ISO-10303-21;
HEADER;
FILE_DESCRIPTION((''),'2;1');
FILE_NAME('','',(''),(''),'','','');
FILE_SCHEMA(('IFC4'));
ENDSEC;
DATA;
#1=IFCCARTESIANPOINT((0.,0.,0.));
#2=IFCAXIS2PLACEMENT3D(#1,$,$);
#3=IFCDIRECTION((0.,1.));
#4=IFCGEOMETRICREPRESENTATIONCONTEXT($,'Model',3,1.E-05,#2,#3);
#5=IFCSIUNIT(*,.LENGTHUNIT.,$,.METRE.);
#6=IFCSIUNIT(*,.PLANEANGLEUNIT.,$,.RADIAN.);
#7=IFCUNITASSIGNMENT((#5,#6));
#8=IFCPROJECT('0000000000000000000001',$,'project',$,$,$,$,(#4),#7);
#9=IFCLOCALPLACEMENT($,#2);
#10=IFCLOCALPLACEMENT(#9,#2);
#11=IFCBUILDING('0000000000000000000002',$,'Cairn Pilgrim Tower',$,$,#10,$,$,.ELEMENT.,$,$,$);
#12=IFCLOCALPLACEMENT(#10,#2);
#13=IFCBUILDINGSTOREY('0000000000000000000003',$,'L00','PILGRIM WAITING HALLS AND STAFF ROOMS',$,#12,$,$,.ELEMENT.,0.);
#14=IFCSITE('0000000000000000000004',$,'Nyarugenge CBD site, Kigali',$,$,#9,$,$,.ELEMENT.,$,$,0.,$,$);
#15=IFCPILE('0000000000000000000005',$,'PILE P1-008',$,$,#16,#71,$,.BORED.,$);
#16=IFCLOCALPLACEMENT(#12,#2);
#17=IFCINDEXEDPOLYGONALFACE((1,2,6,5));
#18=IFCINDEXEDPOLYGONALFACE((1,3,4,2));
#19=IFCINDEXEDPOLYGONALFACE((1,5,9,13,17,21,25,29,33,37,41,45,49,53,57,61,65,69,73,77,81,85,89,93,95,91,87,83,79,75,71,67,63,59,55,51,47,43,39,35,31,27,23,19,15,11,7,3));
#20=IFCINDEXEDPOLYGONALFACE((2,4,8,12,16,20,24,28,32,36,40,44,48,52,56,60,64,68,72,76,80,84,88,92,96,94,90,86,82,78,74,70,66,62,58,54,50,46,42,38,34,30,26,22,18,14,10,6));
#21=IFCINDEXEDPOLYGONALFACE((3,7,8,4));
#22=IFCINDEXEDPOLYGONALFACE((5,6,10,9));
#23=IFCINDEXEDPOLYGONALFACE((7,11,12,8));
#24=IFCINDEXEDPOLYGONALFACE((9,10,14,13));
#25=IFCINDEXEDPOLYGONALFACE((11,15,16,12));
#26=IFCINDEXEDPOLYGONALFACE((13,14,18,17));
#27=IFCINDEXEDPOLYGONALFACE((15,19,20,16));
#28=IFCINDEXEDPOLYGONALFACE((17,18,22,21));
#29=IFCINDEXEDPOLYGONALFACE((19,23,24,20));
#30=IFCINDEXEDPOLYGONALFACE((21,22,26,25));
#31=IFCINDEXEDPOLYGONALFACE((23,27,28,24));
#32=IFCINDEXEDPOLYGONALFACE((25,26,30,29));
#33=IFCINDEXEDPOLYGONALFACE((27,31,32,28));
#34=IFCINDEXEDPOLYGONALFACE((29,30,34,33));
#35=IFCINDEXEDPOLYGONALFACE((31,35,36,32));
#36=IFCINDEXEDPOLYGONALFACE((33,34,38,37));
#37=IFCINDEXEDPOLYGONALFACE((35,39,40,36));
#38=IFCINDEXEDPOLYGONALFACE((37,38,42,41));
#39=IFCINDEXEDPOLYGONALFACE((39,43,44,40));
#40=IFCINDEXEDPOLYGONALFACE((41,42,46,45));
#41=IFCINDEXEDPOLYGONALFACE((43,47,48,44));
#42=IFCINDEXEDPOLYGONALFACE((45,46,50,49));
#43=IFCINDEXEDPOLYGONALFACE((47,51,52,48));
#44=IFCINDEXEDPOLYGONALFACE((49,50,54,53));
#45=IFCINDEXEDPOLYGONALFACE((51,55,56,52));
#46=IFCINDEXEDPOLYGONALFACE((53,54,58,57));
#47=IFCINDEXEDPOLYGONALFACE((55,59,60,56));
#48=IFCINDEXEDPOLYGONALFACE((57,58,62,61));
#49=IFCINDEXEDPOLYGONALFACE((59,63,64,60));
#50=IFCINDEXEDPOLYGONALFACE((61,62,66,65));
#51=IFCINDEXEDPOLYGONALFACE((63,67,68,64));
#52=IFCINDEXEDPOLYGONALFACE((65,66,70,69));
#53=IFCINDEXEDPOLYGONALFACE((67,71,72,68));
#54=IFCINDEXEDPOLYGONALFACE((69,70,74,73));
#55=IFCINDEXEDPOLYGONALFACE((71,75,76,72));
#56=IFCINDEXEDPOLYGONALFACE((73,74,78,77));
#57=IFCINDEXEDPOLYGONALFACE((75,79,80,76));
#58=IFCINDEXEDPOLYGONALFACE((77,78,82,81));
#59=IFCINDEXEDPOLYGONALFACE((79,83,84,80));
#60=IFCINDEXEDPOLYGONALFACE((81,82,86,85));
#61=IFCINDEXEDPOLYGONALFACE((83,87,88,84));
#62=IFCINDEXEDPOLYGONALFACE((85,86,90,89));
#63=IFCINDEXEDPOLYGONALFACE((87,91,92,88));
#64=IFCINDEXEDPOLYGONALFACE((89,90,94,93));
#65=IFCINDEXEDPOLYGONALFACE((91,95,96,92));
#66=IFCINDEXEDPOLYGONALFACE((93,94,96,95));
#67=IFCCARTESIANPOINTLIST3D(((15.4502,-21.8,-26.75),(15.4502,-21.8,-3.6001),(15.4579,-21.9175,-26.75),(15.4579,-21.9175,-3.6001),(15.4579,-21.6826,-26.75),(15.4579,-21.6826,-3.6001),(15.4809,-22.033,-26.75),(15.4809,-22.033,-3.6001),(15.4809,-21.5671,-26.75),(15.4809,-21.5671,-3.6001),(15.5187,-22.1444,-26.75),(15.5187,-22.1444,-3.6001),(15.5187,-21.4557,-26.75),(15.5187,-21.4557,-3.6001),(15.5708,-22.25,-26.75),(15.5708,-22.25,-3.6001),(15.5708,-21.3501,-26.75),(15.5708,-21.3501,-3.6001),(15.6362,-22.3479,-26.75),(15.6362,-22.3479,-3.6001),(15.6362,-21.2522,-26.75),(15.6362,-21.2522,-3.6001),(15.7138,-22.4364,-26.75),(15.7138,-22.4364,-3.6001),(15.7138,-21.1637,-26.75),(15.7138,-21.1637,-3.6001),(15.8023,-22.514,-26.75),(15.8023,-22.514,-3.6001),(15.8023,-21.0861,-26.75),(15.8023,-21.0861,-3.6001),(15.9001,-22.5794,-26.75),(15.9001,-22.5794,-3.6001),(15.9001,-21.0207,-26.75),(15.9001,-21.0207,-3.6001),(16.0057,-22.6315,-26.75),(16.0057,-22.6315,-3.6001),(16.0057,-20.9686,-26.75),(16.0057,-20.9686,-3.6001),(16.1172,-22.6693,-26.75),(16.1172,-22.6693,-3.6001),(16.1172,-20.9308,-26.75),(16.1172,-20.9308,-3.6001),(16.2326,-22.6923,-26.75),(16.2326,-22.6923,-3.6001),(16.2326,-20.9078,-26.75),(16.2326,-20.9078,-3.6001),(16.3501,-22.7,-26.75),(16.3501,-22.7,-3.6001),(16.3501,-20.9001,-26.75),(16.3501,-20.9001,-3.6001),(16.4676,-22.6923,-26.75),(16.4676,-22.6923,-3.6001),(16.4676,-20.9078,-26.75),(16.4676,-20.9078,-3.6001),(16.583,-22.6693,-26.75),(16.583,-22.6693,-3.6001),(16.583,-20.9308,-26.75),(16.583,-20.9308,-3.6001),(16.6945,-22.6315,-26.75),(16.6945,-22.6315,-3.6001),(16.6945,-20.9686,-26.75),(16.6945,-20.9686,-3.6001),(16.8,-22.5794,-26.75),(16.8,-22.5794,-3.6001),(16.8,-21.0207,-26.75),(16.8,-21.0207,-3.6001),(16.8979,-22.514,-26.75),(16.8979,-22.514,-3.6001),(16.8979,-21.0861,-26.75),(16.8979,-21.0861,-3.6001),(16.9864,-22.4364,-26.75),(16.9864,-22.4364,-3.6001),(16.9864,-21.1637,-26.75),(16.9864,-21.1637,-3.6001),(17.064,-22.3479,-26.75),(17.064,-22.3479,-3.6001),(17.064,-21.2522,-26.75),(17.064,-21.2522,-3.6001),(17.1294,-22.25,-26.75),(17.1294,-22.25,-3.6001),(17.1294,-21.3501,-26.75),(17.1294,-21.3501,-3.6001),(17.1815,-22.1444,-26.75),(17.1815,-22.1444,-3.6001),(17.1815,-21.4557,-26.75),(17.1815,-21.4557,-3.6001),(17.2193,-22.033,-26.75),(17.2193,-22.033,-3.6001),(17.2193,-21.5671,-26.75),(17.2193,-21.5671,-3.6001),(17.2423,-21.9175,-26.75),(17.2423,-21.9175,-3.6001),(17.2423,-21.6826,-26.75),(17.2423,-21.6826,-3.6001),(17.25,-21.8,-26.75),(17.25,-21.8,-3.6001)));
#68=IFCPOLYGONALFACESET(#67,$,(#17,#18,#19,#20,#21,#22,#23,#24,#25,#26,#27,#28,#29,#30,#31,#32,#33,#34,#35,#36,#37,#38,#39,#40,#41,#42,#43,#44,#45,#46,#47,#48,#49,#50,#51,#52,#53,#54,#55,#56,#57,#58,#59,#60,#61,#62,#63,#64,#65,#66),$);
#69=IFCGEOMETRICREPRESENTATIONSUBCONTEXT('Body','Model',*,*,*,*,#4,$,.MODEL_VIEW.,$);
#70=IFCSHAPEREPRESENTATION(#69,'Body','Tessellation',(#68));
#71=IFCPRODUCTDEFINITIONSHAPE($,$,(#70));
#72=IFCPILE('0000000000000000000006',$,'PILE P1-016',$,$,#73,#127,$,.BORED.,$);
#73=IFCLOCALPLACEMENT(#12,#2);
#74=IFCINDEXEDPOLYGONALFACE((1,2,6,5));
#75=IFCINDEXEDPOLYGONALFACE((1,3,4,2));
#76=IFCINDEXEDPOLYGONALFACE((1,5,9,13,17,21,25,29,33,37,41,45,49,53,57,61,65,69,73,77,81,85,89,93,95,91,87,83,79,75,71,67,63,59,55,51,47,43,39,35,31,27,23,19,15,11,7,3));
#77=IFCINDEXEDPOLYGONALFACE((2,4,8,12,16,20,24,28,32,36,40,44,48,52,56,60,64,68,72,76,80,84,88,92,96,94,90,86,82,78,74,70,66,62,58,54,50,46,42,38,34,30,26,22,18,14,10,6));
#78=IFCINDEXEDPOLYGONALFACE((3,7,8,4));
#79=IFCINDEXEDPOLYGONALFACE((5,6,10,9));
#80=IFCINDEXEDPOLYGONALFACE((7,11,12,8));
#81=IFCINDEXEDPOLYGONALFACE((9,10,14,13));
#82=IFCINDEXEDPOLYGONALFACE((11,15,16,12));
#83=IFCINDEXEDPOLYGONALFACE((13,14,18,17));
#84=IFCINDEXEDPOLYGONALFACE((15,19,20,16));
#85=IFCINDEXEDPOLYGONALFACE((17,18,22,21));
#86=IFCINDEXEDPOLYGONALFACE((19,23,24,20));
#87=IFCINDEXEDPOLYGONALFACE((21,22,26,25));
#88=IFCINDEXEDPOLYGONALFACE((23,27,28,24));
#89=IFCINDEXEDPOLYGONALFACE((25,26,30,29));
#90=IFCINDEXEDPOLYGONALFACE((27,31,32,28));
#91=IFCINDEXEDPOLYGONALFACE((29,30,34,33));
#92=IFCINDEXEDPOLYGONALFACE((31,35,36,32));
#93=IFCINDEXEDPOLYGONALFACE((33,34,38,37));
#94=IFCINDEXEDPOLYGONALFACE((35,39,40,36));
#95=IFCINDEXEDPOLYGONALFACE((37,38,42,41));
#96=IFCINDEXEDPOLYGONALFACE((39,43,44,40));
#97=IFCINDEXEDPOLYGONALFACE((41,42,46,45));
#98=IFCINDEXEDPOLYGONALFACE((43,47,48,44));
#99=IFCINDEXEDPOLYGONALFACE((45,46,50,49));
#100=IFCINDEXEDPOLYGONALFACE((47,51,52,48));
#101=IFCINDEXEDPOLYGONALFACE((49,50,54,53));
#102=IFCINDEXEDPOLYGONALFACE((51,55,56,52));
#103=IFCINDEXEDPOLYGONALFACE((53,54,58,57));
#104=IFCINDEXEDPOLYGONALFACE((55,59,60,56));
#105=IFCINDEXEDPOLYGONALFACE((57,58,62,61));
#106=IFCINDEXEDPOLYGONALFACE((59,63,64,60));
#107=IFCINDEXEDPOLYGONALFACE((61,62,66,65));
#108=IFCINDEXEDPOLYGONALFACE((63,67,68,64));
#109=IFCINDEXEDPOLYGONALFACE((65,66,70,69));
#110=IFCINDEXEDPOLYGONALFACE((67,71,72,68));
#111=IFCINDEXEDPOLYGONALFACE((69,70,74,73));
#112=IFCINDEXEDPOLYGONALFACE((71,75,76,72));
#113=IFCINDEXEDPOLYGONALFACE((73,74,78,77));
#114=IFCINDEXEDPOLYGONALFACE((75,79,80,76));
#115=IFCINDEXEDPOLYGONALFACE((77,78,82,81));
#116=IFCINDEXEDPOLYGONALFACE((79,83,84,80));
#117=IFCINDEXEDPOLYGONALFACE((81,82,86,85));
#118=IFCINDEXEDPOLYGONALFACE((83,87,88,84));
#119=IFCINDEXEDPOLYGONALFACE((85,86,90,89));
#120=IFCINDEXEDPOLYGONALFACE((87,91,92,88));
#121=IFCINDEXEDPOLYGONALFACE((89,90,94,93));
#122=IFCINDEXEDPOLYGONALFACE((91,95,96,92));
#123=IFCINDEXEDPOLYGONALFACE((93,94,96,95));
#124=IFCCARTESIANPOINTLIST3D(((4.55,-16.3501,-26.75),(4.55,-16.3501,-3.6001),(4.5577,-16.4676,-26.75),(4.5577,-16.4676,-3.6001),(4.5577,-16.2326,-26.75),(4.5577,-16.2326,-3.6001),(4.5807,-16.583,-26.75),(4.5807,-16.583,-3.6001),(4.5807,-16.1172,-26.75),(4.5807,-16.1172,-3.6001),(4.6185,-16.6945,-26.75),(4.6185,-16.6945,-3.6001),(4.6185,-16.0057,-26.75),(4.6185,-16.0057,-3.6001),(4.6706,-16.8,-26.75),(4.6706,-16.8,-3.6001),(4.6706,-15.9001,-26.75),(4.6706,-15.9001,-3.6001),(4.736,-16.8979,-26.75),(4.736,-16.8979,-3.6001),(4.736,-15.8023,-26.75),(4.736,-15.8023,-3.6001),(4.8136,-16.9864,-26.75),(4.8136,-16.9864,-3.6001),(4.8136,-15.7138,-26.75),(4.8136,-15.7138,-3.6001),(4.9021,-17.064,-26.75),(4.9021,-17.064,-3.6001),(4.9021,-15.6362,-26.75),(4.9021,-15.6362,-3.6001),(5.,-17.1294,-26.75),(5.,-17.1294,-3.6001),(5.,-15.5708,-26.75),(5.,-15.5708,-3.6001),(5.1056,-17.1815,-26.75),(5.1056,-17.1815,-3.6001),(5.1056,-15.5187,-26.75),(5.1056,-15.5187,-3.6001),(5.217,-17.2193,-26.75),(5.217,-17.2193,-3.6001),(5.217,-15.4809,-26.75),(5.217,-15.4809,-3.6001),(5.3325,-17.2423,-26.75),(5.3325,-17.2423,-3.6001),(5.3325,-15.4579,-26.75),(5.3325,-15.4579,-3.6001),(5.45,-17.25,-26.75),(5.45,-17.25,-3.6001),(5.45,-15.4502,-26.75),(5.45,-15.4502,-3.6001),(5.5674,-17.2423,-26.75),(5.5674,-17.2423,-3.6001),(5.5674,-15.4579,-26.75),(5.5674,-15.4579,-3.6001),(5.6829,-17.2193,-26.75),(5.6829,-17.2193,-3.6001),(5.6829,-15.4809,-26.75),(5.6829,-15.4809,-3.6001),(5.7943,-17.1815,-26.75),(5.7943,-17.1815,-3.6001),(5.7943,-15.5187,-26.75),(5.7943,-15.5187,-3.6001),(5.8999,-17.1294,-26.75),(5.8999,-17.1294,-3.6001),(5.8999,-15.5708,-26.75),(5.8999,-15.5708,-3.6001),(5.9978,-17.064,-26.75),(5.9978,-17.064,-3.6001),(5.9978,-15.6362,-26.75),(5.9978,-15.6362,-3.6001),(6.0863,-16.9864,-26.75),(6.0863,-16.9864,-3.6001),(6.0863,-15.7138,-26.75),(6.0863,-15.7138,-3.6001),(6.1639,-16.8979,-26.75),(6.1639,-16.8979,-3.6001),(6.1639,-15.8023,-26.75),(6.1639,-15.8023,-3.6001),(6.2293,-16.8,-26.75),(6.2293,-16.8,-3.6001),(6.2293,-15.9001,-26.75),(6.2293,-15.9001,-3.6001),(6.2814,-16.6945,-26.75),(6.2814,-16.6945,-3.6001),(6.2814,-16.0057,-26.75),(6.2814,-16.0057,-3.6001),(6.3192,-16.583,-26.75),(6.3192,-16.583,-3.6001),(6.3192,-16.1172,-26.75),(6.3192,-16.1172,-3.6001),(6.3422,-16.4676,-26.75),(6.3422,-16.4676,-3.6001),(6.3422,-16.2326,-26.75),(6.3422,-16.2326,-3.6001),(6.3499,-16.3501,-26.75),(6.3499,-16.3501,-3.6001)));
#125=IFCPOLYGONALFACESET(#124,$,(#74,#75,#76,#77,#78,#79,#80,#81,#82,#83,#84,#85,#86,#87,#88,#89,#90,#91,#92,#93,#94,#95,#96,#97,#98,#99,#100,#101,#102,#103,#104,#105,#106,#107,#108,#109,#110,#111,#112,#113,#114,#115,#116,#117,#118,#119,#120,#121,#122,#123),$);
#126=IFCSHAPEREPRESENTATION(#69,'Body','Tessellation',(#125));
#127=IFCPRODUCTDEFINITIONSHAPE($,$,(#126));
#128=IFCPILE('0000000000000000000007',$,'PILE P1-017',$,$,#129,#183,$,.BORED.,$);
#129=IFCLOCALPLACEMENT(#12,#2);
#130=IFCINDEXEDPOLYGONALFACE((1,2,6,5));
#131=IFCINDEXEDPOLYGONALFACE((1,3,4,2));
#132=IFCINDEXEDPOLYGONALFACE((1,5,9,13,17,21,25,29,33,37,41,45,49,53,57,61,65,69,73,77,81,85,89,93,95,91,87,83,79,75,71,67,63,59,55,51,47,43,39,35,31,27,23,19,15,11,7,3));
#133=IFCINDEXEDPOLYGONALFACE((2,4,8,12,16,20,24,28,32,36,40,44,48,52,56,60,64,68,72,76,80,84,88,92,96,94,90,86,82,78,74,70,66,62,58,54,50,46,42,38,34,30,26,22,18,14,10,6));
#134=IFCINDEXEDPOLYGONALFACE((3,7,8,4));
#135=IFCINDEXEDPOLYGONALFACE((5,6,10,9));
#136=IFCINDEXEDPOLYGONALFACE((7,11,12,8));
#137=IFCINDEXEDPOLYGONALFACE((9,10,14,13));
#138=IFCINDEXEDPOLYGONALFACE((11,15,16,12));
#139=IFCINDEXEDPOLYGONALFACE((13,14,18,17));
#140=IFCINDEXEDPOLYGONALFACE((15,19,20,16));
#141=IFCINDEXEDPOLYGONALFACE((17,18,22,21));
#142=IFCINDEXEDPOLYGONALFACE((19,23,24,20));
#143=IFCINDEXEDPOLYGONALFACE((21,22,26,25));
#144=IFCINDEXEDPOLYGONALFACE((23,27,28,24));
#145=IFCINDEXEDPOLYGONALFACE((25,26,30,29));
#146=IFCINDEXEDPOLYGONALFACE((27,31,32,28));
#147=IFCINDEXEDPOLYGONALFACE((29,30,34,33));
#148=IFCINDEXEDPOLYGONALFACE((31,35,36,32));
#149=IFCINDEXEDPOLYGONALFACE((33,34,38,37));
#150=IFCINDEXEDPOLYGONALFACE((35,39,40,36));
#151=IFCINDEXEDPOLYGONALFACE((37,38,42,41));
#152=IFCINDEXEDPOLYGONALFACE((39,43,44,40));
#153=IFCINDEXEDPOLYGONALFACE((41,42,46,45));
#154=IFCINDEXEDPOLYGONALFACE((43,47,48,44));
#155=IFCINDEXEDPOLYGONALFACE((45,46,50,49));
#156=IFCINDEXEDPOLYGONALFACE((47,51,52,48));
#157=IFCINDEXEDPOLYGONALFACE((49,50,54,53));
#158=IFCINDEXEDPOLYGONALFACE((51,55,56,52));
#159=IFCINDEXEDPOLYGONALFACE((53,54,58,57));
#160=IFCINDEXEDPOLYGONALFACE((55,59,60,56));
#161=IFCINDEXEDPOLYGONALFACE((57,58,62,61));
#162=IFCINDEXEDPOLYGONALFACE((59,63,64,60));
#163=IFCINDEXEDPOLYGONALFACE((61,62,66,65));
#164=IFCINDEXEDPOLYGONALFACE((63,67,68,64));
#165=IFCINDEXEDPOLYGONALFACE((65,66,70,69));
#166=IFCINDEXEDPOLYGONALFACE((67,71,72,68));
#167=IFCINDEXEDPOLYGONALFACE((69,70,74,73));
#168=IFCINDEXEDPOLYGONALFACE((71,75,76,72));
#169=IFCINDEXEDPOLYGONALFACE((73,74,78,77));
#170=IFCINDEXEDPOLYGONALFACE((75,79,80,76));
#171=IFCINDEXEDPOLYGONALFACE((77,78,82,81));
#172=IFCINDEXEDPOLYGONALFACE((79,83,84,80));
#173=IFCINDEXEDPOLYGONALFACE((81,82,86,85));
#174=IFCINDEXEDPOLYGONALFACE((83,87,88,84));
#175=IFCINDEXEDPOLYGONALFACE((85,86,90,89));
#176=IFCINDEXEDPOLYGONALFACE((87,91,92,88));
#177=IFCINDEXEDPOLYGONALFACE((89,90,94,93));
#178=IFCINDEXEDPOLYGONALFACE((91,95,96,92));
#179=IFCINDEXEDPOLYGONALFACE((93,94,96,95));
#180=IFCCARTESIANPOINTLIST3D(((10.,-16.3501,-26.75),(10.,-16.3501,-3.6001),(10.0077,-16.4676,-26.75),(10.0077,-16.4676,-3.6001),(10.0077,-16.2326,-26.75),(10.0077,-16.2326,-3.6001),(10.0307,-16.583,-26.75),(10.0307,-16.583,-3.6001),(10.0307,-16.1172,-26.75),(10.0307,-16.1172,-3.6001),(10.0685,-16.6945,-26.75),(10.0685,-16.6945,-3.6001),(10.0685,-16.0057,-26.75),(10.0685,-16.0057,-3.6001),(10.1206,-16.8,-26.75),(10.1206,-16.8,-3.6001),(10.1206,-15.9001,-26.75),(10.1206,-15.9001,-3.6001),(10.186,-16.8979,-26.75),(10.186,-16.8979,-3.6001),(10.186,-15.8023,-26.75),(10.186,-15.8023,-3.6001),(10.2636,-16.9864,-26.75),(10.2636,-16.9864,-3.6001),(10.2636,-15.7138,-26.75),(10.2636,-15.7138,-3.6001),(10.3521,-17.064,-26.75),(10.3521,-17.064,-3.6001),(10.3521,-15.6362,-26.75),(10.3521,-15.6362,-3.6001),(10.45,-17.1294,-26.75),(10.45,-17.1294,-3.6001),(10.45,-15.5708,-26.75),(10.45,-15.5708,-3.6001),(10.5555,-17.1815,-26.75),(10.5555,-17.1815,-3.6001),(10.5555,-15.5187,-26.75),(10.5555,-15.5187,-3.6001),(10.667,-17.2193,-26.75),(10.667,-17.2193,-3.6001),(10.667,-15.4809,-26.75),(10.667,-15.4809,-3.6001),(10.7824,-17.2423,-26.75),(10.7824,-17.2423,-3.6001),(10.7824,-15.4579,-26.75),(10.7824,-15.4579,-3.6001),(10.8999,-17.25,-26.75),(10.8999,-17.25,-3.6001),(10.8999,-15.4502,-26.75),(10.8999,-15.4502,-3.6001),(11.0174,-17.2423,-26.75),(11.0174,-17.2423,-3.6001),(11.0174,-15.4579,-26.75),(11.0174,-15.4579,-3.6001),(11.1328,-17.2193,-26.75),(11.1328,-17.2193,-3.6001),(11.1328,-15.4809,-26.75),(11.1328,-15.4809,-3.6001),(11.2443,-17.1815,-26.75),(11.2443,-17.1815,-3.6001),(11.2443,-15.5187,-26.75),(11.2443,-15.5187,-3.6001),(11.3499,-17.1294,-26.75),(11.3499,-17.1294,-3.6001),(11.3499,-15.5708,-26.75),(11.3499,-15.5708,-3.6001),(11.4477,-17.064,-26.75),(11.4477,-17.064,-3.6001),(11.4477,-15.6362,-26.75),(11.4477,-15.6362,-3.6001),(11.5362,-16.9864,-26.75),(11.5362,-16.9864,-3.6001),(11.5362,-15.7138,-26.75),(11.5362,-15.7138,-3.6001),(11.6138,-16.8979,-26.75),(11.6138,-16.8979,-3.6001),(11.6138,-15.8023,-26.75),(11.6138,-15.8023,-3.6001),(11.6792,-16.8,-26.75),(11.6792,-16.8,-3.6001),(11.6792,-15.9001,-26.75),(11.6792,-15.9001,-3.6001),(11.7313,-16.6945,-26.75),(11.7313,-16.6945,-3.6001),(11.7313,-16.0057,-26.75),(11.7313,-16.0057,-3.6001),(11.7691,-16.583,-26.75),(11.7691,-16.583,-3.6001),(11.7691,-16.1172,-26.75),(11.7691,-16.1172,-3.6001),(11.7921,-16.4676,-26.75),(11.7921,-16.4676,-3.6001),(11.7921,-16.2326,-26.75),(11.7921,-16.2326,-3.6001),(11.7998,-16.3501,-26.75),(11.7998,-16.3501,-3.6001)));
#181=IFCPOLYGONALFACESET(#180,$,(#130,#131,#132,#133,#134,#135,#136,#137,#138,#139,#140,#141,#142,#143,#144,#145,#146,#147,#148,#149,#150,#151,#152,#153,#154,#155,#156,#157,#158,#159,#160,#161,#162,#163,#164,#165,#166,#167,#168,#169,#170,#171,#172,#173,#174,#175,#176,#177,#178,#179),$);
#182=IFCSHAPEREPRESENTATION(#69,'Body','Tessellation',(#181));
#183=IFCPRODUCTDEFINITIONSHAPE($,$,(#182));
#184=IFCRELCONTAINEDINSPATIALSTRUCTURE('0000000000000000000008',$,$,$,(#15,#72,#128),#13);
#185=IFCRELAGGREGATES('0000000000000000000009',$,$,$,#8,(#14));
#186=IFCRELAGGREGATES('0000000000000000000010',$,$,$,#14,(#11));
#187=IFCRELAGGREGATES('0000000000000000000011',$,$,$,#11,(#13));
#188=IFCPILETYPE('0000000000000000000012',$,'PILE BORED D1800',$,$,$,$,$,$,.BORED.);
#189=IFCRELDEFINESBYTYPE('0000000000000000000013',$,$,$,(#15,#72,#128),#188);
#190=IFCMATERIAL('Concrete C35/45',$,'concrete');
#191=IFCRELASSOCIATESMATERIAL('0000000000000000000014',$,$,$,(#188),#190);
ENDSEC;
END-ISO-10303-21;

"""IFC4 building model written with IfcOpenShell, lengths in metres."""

from ifc_helpers import new_model, si_unit, direction, frame, origin, origin_2d, place, context, subcontext, project, spatial, circle, extrude, material, material_profile, profile_set, type_object, element, save


model = new_model("IFC4")

# Units and contexts
model_context = context("Model", 3, precision=1e-05, world=origin(), true_north=direction((0.0, 1.0)))
body_context = subcontext(model_context, "Body", "Model", "MODEL_VIEW")
ifc_project = project(units=[si_unit("LENGTHUNIT", "METRE"), si_unit("PLANEANGLEUNIT", "RADIAN")], contexts=[model_context])

# Site, building, storey
site_placement = place(None, origin())
site = spatial("IfcSite", under=ifc_project, at=site_placement, Name="Nyarugenge CBD site, Kigali", CompositionType="ELEMENT", RefElevation=0.0)
building_placement = place(site_placement, origin())
building = spatial("IfcBuilding", under=site, at=building_placement, Name="Cairn Pilgrim Tower", CompositionType="ELEMENT")
storey_placement = place(building_placement, origin())
storey = spatial("IfcBuildingStorey", under=building, at=storey_placement, Name="L00", Description="PILGRIM WAITING HALLS AND STAFF ROOMS", CompositionType="ELEMENT", Elevation=0.0)

# Piles
ifc_material_1 = material(Name="Concrete C35/45", Category="concrete")
ifc_material_profile_1 = material_profile(ifc_material_1, circle(Radius=0.8999, at=origin_2d()), Name="D1800")
ifc_profile_set_1 = profile_set([ifc_material_profile_1], Name="Concrete C35/45")
pile_type_1 = type_object("IfcPileType", Name="PILE BORED D1800", PredefinedType="BORED", material=ifc_profile_set_1)
for number, where, z_axis, x_axis, name in (
    (1, (16.3501, -21.8, -3.6001), (0.0, 0.0, -1.0), (1.0, 0.0, 0.0), "PILE P1-008"),
    (2, (5.45, -16.3501, -3.6001), (0.0, 0.0, -1.0), (1.0, 0.0, 0.0), "PILE P1-016"),
    (3, (10.8999, -16.3501, -3.6001), (0.0, 0.0, -1.0), (1.0, 0.0, 0.0), "PILE P1-017"),
):
    element("IfcPile", number, at=place(storey_placement, frame(where, z_axis=z_axis, x_axis=x_axis)), inside=storey, type_object=pile_type_1, Name=name, PredefinedType="BORED", context=body_context, shape_type="SweptSolid", body=[
        extrude(circle(Radius=0.8999, at=origin_2d()), origin(), (0.0, 0.0, 1.0), 23.1499),
    ])

save(model, "model.ifc")
